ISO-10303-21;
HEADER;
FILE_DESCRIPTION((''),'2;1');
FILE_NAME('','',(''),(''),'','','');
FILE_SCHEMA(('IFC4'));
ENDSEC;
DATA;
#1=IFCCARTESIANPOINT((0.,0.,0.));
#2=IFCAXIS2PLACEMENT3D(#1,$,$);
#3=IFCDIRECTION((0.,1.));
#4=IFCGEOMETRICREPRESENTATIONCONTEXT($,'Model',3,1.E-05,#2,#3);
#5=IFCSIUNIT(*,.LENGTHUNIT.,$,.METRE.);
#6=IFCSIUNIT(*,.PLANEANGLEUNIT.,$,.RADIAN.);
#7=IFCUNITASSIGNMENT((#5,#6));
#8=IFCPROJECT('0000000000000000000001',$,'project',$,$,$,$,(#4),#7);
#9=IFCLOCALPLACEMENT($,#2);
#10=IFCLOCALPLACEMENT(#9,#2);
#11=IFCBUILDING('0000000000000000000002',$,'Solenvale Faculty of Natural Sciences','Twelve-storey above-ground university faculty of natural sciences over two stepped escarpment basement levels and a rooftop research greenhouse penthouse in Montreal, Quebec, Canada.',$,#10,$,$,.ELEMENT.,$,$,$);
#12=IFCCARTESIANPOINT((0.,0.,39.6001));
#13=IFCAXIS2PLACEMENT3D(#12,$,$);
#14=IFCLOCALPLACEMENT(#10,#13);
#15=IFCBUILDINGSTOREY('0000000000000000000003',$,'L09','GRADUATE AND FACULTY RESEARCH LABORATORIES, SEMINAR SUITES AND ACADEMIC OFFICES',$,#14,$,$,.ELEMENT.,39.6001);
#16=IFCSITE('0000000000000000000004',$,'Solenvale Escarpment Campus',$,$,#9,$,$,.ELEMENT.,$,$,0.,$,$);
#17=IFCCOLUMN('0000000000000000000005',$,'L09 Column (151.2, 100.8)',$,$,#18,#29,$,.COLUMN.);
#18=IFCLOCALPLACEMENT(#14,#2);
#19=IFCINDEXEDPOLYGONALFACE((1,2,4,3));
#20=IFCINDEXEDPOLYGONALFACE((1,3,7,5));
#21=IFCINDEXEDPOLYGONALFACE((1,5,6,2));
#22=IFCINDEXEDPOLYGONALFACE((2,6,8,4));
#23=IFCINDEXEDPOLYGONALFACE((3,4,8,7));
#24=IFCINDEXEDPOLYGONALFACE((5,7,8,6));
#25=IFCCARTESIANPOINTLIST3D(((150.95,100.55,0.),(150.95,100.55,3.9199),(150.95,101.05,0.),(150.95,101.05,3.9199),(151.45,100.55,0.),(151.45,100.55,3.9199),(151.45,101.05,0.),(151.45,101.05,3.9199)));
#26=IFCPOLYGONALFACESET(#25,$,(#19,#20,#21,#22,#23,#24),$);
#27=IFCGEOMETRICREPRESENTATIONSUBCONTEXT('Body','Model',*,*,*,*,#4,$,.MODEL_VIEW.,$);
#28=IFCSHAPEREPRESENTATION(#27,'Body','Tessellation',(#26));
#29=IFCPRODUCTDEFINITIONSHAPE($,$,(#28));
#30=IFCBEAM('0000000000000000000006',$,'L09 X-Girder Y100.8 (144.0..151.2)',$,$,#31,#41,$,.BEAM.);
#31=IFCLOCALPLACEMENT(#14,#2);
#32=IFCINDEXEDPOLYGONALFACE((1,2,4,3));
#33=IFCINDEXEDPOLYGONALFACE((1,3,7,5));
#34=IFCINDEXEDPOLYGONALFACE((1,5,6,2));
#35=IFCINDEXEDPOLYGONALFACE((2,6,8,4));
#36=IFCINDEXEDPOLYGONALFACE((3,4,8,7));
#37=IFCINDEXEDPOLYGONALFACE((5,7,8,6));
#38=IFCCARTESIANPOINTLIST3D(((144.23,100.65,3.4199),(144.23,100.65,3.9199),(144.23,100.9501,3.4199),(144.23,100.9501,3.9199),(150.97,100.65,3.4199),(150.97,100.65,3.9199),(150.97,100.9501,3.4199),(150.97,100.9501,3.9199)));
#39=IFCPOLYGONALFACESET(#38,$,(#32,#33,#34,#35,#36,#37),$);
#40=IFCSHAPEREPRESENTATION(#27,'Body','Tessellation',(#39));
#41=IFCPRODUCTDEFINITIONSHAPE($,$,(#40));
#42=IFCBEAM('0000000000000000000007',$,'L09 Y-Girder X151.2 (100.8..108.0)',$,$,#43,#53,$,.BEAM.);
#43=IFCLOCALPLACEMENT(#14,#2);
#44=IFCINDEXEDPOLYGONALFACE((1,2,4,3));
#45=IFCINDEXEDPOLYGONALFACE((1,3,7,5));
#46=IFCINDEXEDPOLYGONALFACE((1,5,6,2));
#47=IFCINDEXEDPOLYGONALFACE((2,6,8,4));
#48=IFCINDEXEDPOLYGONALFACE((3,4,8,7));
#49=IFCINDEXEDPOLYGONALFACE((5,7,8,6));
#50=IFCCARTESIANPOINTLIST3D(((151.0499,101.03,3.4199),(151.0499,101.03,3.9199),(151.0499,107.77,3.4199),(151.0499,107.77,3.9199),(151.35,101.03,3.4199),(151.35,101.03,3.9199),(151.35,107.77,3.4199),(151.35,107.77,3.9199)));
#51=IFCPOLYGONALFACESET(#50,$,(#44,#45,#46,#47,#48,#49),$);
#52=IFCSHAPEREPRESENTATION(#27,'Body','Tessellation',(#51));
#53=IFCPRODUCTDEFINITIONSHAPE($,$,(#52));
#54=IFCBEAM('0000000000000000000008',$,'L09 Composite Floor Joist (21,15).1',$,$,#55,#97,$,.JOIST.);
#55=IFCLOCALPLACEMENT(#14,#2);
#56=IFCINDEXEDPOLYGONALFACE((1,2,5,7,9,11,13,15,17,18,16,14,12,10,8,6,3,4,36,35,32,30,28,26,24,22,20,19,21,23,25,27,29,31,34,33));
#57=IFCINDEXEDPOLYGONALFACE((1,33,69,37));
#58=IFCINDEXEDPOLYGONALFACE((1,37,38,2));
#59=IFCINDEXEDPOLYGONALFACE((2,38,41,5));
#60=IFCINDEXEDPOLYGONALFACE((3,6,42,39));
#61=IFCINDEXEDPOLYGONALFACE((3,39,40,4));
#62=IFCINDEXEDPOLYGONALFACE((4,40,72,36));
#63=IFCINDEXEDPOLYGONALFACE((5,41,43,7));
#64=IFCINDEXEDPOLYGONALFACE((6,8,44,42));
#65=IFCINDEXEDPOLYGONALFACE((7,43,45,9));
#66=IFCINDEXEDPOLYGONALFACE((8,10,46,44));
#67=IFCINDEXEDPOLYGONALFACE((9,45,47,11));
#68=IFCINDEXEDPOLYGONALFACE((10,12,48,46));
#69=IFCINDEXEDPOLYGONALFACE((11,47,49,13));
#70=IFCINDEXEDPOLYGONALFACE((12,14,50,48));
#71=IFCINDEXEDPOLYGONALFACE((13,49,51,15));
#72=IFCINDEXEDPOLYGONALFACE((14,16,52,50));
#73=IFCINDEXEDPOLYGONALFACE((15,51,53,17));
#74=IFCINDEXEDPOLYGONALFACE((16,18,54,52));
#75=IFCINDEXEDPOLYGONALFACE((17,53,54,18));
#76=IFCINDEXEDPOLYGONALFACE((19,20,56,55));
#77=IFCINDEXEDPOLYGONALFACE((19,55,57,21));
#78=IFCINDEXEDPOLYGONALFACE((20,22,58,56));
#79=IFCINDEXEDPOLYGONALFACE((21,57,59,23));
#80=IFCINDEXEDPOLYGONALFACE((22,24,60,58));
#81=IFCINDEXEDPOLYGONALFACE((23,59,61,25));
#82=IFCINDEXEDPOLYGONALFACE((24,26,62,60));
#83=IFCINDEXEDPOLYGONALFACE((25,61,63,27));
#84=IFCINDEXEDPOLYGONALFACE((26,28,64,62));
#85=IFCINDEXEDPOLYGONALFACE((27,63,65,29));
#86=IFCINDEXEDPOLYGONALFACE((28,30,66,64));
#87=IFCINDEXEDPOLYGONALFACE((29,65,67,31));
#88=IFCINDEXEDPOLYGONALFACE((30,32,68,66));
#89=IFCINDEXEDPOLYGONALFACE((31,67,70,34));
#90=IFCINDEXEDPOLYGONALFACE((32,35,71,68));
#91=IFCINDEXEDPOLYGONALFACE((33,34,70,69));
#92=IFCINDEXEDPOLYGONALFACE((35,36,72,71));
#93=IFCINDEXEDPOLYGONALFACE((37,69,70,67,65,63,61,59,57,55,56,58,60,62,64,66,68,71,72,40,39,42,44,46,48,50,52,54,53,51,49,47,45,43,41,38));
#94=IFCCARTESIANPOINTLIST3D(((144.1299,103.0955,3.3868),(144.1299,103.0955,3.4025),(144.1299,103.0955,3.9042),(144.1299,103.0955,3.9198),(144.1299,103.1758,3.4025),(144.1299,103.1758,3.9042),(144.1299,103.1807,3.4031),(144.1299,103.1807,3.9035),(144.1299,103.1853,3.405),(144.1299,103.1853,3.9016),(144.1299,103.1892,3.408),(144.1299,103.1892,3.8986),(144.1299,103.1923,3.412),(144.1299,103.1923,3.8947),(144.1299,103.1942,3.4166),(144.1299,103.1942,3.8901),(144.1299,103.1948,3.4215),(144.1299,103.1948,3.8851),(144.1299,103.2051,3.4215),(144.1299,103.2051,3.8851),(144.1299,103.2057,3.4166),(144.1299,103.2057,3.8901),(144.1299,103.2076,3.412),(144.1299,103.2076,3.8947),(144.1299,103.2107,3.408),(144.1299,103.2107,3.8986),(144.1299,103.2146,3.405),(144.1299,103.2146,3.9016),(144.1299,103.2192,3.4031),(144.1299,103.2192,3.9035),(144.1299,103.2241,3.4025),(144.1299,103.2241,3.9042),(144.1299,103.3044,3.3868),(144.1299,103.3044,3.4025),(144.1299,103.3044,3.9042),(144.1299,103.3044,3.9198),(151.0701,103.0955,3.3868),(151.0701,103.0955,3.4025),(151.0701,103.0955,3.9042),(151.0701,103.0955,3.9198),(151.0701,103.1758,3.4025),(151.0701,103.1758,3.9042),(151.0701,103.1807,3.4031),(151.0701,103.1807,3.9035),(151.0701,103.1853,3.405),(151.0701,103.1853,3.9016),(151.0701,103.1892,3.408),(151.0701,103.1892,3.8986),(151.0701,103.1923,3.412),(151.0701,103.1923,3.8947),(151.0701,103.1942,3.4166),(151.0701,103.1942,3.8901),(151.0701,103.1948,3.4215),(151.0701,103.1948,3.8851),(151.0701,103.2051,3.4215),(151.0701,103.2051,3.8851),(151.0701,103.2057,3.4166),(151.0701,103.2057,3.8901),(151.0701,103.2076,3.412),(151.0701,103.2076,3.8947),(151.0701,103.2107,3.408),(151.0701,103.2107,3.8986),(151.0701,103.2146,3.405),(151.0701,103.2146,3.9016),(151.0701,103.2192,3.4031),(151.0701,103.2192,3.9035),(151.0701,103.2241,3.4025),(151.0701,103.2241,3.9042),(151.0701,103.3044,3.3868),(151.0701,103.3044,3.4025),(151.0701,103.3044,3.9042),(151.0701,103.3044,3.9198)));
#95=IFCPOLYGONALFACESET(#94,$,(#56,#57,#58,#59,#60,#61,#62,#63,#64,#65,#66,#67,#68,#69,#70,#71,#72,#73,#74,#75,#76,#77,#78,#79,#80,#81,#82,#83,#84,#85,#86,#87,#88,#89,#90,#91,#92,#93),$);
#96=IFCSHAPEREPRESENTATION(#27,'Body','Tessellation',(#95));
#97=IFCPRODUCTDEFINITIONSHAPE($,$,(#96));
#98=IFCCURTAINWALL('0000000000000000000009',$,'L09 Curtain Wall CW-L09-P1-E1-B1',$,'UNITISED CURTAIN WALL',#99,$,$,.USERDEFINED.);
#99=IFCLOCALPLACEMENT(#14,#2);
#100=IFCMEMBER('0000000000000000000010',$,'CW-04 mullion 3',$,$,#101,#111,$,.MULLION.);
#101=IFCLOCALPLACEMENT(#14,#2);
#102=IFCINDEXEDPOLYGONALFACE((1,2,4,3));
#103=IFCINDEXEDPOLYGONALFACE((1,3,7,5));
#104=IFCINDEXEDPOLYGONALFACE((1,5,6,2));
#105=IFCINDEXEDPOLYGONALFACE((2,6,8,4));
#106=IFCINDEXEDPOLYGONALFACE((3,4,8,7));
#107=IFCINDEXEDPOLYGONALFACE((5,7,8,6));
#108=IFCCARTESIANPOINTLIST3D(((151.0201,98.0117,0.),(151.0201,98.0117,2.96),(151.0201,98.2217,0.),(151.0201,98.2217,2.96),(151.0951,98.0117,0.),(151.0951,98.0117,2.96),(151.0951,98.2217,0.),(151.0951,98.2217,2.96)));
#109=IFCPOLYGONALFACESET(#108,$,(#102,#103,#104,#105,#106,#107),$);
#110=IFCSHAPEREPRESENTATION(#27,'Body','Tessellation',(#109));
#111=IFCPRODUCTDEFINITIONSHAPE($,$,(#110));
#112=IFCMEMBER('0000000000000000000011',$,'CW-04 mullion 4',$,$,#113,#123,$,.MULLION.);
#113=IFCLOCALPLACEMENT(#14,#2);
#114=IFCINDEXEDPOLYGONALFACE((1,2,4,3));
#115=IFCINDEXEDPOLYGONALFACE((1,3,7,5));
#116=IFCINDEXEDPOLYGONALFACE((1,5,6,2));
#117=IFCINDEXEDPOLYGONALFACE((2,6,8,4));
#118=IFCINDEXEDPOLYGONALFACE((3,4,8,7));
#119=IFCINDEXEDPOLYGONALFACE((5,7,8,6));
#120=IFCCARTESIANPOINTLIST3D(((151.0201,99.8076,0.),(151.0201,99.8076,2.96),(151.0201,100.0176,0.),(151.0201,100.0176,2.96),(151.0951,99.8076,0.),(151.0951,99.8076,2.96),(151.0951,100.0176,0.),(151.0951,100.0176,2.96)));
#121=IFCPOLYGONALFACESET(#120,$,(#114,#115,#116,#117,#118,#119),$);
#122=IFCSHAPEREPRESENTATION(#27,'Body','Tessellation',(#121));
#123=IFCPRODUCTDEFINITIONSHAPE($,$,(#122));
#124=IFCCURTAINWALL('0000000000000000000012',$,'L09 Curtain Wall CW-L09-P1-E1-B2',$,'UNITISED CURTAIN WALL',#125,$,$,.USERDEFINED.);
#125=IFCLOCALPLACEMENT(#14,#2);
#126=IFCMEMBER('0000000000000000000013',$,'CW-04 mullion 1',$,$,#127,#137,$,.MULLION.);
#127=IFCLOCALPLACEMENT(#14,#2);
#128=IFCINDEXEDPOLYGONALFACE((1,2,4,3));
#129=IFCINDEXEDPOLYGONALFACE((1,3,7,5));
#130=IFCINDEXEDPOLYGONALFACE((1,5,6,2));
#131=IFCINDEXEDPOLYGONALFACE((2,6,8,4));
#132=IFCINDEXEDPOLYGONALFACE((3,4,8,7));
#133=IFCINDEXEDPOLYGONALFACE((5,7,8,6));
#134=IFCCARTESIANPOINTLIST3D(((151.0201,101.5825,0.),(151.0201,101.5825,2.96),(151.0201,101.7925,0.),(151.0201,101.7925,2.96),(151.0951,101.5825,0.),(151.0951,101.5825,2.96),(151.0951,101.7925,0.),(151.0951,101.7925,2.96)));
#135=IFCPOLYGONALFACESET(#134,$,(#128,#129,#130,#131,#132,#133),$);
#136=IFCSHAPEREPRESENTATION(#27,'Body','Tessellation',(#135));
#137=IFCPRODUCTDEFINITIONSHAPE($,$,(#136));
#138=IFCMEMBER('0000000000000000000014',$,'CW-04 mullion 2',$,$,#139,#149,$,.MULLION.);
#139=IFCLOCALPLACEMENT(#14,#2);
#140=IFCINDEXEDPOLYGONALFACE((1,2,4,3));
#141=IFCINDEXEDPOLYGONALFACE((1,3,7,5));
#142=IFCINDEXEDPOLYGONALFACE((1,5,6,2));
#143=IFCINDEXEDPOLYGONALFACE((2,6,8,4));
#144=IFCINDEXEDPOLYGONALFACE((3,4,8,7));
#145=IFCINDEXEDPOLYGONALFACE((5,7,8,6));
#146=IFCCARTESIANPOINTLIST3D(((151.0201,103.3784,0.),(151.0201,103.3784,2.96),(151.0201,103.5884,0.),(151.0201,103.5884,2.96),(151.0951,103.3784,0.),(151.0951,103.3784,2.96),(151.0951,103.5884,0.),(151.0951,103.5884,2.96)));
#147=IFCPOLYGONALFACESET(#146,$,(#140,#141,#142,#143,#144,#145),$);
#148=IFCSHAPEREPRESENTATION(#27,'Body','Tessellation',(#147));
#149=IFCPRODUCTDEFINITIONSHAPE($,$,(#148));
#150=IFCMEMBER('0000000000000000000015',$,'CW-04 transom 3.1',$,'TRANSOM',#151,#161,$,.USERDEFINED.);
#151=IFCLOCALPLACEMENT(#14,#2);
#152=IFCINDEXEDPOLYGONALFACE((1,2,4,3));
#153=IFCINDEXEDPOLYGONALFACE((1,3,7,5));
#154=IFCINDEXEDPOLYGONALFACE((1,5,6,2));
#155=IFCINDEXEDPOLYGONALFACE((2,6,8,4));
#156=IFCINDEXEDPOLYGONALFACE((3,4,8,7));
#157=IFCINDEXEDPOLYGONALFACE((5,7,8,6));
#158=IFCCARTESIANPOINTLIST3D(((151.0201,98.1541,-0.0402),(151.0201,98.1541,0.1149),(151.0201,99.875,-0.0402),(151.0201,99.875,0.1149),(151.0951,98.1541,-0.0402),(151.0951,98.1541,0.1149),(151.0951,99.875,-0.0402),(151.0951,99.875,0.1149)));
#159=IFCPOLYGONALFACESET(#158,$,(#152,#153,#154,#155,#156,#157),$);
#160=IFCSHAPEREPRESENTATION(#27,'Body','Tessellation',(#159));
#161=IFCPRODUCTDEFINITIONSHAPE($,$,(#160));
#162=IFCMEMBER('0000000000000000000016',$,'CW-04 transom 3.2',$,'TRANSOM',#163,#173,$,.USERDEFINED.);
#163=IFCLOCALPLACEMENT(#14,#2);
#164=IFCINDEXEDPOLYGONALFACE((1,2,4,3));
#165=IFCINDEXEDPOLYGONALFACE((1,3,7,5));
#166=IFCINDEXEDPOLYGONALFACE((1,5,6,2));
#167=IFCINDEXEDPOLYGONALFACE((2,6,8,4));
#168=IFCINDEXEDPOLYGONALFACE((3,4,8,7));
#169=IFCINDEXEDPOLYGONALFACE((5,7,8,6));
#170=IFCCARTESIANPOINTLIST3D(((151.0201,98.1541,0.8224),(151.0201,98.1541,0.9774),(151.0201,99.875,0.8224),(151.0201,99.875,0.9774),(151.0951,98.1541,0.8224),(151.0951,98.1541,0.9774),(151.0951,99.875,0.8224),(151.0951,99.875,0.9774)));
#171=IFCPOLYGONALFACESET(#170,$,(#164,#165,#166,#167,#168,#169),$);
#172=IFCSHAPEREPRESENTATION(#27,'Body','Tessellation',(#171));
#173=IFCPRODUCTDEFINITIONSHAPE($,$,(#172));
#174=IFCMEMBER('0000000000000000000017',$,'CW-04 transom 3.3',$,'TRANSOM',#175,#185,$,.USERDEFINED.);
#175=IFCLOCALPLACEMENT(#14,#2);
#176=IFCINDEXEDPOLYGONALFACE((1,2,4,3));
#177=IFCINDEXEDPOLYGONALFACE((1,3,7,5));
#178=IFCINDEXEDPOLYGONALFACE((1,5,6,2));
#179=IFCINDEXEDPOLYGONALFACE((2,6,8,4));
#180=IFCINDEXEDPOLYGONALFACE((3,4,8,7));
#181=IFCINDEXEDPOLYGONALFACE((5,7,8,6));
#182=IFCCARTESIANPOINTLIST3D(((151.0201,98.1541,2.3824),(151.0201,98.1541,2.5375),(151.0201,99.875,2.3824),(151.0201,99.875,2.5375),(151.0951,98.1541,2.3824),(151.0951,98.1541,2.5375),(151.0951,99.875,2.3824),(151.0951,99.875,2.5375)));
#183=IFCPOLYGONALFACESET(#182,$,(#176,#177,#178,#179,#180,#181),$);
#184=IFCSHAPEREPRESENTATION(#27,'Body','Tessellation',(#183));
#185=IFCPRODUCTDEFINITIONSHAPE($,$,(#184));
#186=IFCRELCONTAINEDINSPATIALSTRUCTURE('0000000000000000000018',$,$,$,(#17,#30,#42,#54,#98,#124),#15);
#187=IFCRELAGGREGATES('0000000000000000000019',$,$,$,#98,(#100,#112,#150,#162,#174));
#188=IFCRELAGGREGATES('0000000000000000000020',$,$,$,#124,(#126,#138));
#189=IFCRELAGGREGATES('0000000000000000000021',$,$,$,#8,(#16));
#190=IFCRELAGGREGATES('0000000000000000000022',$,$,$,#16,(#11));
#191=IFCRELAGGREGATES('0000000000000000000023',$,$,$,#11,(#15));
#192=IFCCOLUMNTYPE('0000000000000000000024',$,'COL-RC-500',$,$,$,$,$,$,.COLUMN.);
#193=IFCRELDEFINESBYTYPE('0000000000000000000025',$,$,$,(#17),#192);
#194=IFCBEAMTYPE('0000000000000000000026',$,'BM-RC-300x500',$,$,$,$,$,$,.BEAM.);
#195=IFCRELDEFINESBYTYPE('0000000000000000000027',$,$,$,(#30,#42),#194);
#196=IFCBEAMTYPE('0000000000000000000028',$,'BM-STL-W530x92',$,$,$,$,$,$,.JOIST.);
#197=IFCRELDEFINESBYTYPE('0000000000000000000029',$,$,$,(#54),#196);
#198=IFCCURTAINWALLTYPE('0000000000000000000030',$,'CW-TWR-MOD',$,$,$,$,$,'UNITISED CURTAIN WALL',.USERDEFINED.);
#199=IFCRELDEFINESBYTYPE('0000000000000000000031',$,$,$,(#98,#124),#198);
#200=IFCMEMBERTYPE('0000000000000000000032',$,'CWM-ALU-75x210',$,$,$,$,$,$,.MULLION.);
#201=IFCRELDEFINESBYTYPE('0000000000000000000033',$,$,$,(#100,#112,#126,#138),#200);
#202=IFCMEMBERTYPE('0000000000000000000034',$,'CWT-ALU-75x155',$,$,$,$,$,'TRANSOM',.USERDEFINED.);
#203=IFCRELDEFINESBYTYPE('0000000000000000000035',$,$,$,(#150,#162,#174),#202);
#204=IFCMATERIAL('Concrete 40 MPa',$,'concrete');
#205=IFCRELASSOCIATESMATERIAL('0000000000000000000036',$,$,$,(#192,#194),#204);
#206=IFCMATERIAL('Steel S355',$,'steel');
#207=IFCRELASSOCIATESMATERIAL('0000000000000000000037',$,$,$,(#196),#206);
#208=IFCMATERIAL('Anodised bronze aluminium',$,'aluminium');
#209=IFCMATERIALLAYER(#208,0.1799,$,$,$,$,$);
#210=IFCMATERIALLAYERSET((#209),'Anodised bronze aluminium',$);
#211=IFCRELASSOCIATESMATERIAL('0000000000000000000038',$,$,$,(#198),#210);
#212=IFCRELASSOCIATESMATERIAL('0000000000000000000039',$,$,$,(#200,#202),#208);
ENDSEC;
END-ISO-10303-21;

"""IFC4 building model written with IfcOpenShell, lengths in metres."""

from ifc_helpers import new_model, si_unit, direction, frame, origin, origin_2d, place, context, subcontext, project, spatial, rectangle, i_section, extrude, material, layer, layer_set, material_profile, profile_set, type_object, element, aggregate, save


model = new_model("IFC4")

# Units and contexts
model_context = context("Model", 3, precision=1e-05, world=origin(), true_north=direction((0.0, 1.0)))
body_context = subcontext(model_context, "Body", "Model", "MODEL_VIEW")
ifc_project = project(units=[si_unit("LENGTHUNIT", "METRE"), si_unit("PLANEANGLEUNIT", "RADIAN")], contexts=[model_context])

# Site, building, storey
site_placement = place(None, origin())
site = spatial("IfcSite", under=ifc_project, at=site_placement, Name="Solenvale Escarpment Campus", CompositionType="ELEMENT", RefElevation=0.0)
building_placement = place(site_placement, origin())
building = spatial("IfcBuilding", under=site, at=building_placement, Name="Solenvale Faculty of Natural Sciences", Description="Twelve-storey above-ground university faculty of natural sciences over two stepped escarpment basement levels and a rooftop research greenhouse penthouse in Montreal, Quebec, Canada.", CompositionType="ELEMENT")
storey_placement = place(building_placement, frame((0.0, 0.0, 39.6001)))
storey = spatial("IfcBuildingStorey", under=building, at=storey_placement, Name="L09", Description="GRADUATE AND FACULTY RESEARCH LABORATORIES, SEMINAR SUITES AND ACADEMIC OFFICES", CompositionType="ELEMENT", Elevation=39.6001)

# Column
ifc_material_1 = material(Name="Concrete 40 MPa", Category="concrete")
ifc_material_profile_1 = material_profile(ifc_material_1, rectangle(XDim=0.5, YDim=0.5, at=origin_2d()), Name="RC-COL-500x500")
ifc_profile_set_1 = profile_set([ifc_material_profile_1], Name="Concrete 40 MPa")
column_type = type_object("IfcColumnType", Name="COL-RC-500", PredefinedType="COLUMN", material=ifc_profile_set_1)
column_placement = place(storey_placement, frame((151.2, 100.8, 0.0), z_axis=(0.0, 0.0, 1.0), x_axis=(1.0, 0.0, 0.0)))
element("IfcColumn", 1, at=column_placement, inside=storey, type_object=column_type, Name="L09 Column (151.2, 100.8)", PredefinedType="COLUMN", context=body_context, shape_type="SweptSolid", body=[
    extrude(rectangle(XDim=0.5, YDim=0.5, at=origin_2d()), origin(), (0.0, 0.0, 1.0), 3.9199),
])

# Beams
ifc_material_profile_2 = material_profile(ifc_material_1, rectangle(XDim=0.3, YDim=0.5, at=origin_2d()), Name="RC-BM-300x500")
ifc_profile_set_2 = profile_set([ifc_material_profile_2], Name="Concrete 40 MPa")
beam_type_1 = type_object("IfcBeamType", Name="BM-RC-300x500", PredefinedType="BEAM", material=ifc_profile_set_2)
for number, where, z_axis, x_axis, name in (
    (2, (144.23, 100.8, 3.6699), (1.0, 0.0, 0.0), (0.0, 1.0, 0.0), "L09 X-Girder Y100.8 (144.0..151.2)"),
    (3, (151.2, 101.03, 3.6699), (0.0, 1.0, 0.0), (-1.0, 0.0, 0.0), "L09 Y-Girder X151.2 (100.8..108.0)"),
):
    element("IfcBeam", number, at=place(storey_placement, frame(where, z_axis=z_axis, x_axis=x_axis)), inside=storey, type_object=beam_type_1, Name=name, PredefinedType="BEAM", context=body_context, shape_type="SweptSolid", body=[
        extrude(rectangle(XDim=0.3, YDim=0.5, at=origin_2d()), origin(), (0.0, 0.0, 1.0), 6.74),
    ])
ifc_material_2 = material(Name="Steel S355", Category="steel")
ifc_material_profile_3 = material_profile(ifc_material_2, i_section(OverallWidth=0.209, OverallDepth=0.533, WebThickness=0.0103, FlangeThickness=0.0156, FilletRadius=0.019, at=origin_2d()), Name="W530x92")
ifc_profile_set_3 = profile_set([ifc_material_profile_3], Name="Steel S355")
beam_type_2 = type_object("IfcBeamType", Name="BM-STL-W530x92", PredefinedType="JOIST", material=ifc_profile_set_3)
beam_placement = place(storey_placement, frame((144.1299, 103.2, 3.6533), z_axis=(1.0, 0.0, 0.0), x_axis=(0.0, 1.0, 0.0)))
element("IfcBeam", 4, at=beam_placement, inside=storey, type_object=beam_type_2, Name="L09 Composite Floor Joist (21,15).1", PredefinedType="JOIST", context=body_context, shape_type="SweptSolid", body=[
    extrude(i_section(OverallWidth=0.209, OverallDepth=0.533, WebThickness=0.0103, FlangeThickness=0.0156, FilletRadius=0.019, at=origin_2d()), origin(), (0.0, 0.0, 1.0), 6.9402),
])

# Curtain walls, members
ifc_material_3 = material(Name="Anodised bronze aluminium", Category="aluminium")
ifc_layer_1 = layer(ifc_material_3, 0.1799)
ifc_layer_set_1 = layer_set([ifc_layer_1], Name="Anodised bronze aluminium")
curtain_wall_type = type_object("IfcCurtainWallType", Name="CW-TWR-MOD", ElementType="UNITISED CURTAIN WALL", PredefinedType="USERDEFINED", material=ifc_layer_set_1)
curtain_wall_1_placement = place(storey_placement, origin())
curtain_wall_1 = element("IfcCurtainWall", 5, at=curtain_wall_1_placement, inside=storey, type_object=curtain_wall_type, Name="L09 Curtain Wall CW-L09-P1-E1-B1", ObjectType="UNITISED CURTAIN WALL", PredefinedType="USERDEFINED")
ifc_material_profile_4 = material_profile(ifc_material_3, rectangle(XDim=0.075, YDim=0.21, at=origin_2d()), Name="ALU-MUL-75x210")
ifc_profile_set_4 = profile_set([ifc_material_profile_4], Name="Anodised bronze aluminium")
member_type_1 = type_object("IfcMemberType", Name="CWM-ALU-75x210", PredefinedType="MULLION", material=ifc_profile_set_4)
member_1_placement = place(storey_placement, frame((151.0576, 98.1167, 0.0), z_axis=(0.0, 0.0, 1.0), x_axis=(-1.0, 0.0, 0.0)))
member_1 = element("IfcMember", 6, at=member_1_placement, type_object=member_type_1, Name="CW-04 mullion 3", PredefinedType="MULLION", context=body_context, shape_type="SweptSolid", body=[
    extrude(rectangle(XDim=0.075, YDim=0.21, at=origin_2d()), origin(), (0.0, 0.0, 1.0), 2.96),
])
member_2_placement = place(storey_placement, frame((151.0576, 99.9126, 0.0), z_axis=(0.0, 0.0, 1.0), x_axis=(-1.0, 0.0, 0.0)))
member_2 = element("IfcMember", 7, at=member_2_placement, type_object=member_type_1, Name="CW-04 mullion 4", PredefinedType="MULLION", context=body_context, shape_type="SweptSolid", body=[
    extrude(rectangle(XDim=0.075, YDim=0.21, at=origin_2d()), origin(), (0.0, 0.0, 1.0), 2.96),
])
curtain_wall_2_placement = place(storey_placement, origin())
curtain_wall_2 = element("IfcCurtainWall", 8, at=curtain_wall_2_placement, inside=storey, type_object=curtain_wall_type, Name="L09 Curtain Wall CW-L09-P1-E1-B2", ObjectType="UNITISED CURTAIN WALL", PredefinedType="USERDEFINED")
member_3_placement = place(storey_placement, frame((151.0576, 101.6875, 0.0), z_axis=(0.0, 0.0, 1.0), x_axis=(-1.0, 0.0, 0.0)))
member_3 = element("IfcMember", 9, at=member_3_placement, type_object=member_type_1, Name="CW-04 mullion 1", PredefinedType="MULLION", context=body_context, shape_type="SweptSolid", body=[
    extrude(rectangle(XDim=0.075, YDim=0.21, at=origin_2d()), origin(), (0.0, 0.0, 1.0), 2.96),
])
member_4_placement = place(storey_placement, frame((151.0576, 103.4834, 0.0), z_axis=(0.0, 0.0, 1.0), x_axis=(-1.0, 0.0, 0.0)))
member_4 = element("IfcMember", 10, at=member_4_placement, type_object=member_type_1, Name="CW-04 mullion 2", PredefinedType="MULLION", context=body_context, shape_type="SweptSolid", body=[
    extrude(rectangle(XDim=0.075, YDim=0.21, at=origin_2d()), origin(), (0.0, 0.0, 1.0), 2.96),
])

# Members
ifc_material_profile_5 = material_profile(ifc_material_3, rectangle(XDim=0.075, YDim=0.155, at=origin_2d()), Name="ALU-TRN-75x155")
ifc_profile_set_5 = profile_set([ifc_material_profile_5], Name="Anodised bronze aluminium")
member_type_2 = type_object("IfcMemberType", Name="CWT-ALU-75x155", ElementType="TRANSOM", PredefinedType="USERDEFINED", material=ifc_profile_set_5)
member_5_placement = place(storey_placement, frame((151.0576, 98.1541, 0.0374), z_axis=(0.0, 1.0, 0.0), x_axis=(-1.0, 0.0, 0.0)))
member_5 = element("IfcMember", 11, at=member_5_placement, type_object=member_type_2, Name="CW-04 transom 3.1", ObjectType="TRANSOM", PredefinedType="USERDEFINED", context=body_context, shape_type="SweptSolid", body=[
    extrude(rectangle(XDim=0.075, YDim=0.155, at=origin_2d()), origin(), (0.0, 0.0, 1.0), 1.7209),
])
member_6_placement = place(storey_placement, frame((151.0576, 98.1541, 0.8999), z_axis=(0.0, 1.0, 0.0), x_axis=(-1.0, 0.0, 0.0)))
member_6 = element("IfcMember", 12, at=member_6_placement, type_object=member_type_2, Name="CW-04 transom 3.2", ObjectType="TRANSOM", PredefinedType="USERDEFINED", context=body_context, shape_type="SweptSolid", body=[
    extrude(rectangle(XDim=0.075, YDim=0.155, at=origin_2d()), origin(), (0.0, 0.0, 1.0), 1.7209),
])
member_7_placement = place(storey_placement, frame((151.0576, 98.1541, 2.46), z_axis=(0.0, 1.0, 0.0), x_axis=(-1.0, 0.0, 0.0)))
member_7 = element("IfcMember", 13, at=member_7_placement, type_object=member_type_2, Name="CW-04 transom 3.3", ObjectType="TRANSOM", PredefinedType="USERDEFINED", context=body_context, shape_type="SweptSolid", body=[
    extrude(rectangle(XDim=0.075, YDim=0.155, at=origin_2d()), origin(), (0.0, 0.0, 1.0), 1.7209),
])

aggregate(curtain_wall_1, [member_1, member_2, member_5, member_6, member_7])
aggregate(curtain_wall_2, [member_3, member_4])

save(model, "model.ifc")
